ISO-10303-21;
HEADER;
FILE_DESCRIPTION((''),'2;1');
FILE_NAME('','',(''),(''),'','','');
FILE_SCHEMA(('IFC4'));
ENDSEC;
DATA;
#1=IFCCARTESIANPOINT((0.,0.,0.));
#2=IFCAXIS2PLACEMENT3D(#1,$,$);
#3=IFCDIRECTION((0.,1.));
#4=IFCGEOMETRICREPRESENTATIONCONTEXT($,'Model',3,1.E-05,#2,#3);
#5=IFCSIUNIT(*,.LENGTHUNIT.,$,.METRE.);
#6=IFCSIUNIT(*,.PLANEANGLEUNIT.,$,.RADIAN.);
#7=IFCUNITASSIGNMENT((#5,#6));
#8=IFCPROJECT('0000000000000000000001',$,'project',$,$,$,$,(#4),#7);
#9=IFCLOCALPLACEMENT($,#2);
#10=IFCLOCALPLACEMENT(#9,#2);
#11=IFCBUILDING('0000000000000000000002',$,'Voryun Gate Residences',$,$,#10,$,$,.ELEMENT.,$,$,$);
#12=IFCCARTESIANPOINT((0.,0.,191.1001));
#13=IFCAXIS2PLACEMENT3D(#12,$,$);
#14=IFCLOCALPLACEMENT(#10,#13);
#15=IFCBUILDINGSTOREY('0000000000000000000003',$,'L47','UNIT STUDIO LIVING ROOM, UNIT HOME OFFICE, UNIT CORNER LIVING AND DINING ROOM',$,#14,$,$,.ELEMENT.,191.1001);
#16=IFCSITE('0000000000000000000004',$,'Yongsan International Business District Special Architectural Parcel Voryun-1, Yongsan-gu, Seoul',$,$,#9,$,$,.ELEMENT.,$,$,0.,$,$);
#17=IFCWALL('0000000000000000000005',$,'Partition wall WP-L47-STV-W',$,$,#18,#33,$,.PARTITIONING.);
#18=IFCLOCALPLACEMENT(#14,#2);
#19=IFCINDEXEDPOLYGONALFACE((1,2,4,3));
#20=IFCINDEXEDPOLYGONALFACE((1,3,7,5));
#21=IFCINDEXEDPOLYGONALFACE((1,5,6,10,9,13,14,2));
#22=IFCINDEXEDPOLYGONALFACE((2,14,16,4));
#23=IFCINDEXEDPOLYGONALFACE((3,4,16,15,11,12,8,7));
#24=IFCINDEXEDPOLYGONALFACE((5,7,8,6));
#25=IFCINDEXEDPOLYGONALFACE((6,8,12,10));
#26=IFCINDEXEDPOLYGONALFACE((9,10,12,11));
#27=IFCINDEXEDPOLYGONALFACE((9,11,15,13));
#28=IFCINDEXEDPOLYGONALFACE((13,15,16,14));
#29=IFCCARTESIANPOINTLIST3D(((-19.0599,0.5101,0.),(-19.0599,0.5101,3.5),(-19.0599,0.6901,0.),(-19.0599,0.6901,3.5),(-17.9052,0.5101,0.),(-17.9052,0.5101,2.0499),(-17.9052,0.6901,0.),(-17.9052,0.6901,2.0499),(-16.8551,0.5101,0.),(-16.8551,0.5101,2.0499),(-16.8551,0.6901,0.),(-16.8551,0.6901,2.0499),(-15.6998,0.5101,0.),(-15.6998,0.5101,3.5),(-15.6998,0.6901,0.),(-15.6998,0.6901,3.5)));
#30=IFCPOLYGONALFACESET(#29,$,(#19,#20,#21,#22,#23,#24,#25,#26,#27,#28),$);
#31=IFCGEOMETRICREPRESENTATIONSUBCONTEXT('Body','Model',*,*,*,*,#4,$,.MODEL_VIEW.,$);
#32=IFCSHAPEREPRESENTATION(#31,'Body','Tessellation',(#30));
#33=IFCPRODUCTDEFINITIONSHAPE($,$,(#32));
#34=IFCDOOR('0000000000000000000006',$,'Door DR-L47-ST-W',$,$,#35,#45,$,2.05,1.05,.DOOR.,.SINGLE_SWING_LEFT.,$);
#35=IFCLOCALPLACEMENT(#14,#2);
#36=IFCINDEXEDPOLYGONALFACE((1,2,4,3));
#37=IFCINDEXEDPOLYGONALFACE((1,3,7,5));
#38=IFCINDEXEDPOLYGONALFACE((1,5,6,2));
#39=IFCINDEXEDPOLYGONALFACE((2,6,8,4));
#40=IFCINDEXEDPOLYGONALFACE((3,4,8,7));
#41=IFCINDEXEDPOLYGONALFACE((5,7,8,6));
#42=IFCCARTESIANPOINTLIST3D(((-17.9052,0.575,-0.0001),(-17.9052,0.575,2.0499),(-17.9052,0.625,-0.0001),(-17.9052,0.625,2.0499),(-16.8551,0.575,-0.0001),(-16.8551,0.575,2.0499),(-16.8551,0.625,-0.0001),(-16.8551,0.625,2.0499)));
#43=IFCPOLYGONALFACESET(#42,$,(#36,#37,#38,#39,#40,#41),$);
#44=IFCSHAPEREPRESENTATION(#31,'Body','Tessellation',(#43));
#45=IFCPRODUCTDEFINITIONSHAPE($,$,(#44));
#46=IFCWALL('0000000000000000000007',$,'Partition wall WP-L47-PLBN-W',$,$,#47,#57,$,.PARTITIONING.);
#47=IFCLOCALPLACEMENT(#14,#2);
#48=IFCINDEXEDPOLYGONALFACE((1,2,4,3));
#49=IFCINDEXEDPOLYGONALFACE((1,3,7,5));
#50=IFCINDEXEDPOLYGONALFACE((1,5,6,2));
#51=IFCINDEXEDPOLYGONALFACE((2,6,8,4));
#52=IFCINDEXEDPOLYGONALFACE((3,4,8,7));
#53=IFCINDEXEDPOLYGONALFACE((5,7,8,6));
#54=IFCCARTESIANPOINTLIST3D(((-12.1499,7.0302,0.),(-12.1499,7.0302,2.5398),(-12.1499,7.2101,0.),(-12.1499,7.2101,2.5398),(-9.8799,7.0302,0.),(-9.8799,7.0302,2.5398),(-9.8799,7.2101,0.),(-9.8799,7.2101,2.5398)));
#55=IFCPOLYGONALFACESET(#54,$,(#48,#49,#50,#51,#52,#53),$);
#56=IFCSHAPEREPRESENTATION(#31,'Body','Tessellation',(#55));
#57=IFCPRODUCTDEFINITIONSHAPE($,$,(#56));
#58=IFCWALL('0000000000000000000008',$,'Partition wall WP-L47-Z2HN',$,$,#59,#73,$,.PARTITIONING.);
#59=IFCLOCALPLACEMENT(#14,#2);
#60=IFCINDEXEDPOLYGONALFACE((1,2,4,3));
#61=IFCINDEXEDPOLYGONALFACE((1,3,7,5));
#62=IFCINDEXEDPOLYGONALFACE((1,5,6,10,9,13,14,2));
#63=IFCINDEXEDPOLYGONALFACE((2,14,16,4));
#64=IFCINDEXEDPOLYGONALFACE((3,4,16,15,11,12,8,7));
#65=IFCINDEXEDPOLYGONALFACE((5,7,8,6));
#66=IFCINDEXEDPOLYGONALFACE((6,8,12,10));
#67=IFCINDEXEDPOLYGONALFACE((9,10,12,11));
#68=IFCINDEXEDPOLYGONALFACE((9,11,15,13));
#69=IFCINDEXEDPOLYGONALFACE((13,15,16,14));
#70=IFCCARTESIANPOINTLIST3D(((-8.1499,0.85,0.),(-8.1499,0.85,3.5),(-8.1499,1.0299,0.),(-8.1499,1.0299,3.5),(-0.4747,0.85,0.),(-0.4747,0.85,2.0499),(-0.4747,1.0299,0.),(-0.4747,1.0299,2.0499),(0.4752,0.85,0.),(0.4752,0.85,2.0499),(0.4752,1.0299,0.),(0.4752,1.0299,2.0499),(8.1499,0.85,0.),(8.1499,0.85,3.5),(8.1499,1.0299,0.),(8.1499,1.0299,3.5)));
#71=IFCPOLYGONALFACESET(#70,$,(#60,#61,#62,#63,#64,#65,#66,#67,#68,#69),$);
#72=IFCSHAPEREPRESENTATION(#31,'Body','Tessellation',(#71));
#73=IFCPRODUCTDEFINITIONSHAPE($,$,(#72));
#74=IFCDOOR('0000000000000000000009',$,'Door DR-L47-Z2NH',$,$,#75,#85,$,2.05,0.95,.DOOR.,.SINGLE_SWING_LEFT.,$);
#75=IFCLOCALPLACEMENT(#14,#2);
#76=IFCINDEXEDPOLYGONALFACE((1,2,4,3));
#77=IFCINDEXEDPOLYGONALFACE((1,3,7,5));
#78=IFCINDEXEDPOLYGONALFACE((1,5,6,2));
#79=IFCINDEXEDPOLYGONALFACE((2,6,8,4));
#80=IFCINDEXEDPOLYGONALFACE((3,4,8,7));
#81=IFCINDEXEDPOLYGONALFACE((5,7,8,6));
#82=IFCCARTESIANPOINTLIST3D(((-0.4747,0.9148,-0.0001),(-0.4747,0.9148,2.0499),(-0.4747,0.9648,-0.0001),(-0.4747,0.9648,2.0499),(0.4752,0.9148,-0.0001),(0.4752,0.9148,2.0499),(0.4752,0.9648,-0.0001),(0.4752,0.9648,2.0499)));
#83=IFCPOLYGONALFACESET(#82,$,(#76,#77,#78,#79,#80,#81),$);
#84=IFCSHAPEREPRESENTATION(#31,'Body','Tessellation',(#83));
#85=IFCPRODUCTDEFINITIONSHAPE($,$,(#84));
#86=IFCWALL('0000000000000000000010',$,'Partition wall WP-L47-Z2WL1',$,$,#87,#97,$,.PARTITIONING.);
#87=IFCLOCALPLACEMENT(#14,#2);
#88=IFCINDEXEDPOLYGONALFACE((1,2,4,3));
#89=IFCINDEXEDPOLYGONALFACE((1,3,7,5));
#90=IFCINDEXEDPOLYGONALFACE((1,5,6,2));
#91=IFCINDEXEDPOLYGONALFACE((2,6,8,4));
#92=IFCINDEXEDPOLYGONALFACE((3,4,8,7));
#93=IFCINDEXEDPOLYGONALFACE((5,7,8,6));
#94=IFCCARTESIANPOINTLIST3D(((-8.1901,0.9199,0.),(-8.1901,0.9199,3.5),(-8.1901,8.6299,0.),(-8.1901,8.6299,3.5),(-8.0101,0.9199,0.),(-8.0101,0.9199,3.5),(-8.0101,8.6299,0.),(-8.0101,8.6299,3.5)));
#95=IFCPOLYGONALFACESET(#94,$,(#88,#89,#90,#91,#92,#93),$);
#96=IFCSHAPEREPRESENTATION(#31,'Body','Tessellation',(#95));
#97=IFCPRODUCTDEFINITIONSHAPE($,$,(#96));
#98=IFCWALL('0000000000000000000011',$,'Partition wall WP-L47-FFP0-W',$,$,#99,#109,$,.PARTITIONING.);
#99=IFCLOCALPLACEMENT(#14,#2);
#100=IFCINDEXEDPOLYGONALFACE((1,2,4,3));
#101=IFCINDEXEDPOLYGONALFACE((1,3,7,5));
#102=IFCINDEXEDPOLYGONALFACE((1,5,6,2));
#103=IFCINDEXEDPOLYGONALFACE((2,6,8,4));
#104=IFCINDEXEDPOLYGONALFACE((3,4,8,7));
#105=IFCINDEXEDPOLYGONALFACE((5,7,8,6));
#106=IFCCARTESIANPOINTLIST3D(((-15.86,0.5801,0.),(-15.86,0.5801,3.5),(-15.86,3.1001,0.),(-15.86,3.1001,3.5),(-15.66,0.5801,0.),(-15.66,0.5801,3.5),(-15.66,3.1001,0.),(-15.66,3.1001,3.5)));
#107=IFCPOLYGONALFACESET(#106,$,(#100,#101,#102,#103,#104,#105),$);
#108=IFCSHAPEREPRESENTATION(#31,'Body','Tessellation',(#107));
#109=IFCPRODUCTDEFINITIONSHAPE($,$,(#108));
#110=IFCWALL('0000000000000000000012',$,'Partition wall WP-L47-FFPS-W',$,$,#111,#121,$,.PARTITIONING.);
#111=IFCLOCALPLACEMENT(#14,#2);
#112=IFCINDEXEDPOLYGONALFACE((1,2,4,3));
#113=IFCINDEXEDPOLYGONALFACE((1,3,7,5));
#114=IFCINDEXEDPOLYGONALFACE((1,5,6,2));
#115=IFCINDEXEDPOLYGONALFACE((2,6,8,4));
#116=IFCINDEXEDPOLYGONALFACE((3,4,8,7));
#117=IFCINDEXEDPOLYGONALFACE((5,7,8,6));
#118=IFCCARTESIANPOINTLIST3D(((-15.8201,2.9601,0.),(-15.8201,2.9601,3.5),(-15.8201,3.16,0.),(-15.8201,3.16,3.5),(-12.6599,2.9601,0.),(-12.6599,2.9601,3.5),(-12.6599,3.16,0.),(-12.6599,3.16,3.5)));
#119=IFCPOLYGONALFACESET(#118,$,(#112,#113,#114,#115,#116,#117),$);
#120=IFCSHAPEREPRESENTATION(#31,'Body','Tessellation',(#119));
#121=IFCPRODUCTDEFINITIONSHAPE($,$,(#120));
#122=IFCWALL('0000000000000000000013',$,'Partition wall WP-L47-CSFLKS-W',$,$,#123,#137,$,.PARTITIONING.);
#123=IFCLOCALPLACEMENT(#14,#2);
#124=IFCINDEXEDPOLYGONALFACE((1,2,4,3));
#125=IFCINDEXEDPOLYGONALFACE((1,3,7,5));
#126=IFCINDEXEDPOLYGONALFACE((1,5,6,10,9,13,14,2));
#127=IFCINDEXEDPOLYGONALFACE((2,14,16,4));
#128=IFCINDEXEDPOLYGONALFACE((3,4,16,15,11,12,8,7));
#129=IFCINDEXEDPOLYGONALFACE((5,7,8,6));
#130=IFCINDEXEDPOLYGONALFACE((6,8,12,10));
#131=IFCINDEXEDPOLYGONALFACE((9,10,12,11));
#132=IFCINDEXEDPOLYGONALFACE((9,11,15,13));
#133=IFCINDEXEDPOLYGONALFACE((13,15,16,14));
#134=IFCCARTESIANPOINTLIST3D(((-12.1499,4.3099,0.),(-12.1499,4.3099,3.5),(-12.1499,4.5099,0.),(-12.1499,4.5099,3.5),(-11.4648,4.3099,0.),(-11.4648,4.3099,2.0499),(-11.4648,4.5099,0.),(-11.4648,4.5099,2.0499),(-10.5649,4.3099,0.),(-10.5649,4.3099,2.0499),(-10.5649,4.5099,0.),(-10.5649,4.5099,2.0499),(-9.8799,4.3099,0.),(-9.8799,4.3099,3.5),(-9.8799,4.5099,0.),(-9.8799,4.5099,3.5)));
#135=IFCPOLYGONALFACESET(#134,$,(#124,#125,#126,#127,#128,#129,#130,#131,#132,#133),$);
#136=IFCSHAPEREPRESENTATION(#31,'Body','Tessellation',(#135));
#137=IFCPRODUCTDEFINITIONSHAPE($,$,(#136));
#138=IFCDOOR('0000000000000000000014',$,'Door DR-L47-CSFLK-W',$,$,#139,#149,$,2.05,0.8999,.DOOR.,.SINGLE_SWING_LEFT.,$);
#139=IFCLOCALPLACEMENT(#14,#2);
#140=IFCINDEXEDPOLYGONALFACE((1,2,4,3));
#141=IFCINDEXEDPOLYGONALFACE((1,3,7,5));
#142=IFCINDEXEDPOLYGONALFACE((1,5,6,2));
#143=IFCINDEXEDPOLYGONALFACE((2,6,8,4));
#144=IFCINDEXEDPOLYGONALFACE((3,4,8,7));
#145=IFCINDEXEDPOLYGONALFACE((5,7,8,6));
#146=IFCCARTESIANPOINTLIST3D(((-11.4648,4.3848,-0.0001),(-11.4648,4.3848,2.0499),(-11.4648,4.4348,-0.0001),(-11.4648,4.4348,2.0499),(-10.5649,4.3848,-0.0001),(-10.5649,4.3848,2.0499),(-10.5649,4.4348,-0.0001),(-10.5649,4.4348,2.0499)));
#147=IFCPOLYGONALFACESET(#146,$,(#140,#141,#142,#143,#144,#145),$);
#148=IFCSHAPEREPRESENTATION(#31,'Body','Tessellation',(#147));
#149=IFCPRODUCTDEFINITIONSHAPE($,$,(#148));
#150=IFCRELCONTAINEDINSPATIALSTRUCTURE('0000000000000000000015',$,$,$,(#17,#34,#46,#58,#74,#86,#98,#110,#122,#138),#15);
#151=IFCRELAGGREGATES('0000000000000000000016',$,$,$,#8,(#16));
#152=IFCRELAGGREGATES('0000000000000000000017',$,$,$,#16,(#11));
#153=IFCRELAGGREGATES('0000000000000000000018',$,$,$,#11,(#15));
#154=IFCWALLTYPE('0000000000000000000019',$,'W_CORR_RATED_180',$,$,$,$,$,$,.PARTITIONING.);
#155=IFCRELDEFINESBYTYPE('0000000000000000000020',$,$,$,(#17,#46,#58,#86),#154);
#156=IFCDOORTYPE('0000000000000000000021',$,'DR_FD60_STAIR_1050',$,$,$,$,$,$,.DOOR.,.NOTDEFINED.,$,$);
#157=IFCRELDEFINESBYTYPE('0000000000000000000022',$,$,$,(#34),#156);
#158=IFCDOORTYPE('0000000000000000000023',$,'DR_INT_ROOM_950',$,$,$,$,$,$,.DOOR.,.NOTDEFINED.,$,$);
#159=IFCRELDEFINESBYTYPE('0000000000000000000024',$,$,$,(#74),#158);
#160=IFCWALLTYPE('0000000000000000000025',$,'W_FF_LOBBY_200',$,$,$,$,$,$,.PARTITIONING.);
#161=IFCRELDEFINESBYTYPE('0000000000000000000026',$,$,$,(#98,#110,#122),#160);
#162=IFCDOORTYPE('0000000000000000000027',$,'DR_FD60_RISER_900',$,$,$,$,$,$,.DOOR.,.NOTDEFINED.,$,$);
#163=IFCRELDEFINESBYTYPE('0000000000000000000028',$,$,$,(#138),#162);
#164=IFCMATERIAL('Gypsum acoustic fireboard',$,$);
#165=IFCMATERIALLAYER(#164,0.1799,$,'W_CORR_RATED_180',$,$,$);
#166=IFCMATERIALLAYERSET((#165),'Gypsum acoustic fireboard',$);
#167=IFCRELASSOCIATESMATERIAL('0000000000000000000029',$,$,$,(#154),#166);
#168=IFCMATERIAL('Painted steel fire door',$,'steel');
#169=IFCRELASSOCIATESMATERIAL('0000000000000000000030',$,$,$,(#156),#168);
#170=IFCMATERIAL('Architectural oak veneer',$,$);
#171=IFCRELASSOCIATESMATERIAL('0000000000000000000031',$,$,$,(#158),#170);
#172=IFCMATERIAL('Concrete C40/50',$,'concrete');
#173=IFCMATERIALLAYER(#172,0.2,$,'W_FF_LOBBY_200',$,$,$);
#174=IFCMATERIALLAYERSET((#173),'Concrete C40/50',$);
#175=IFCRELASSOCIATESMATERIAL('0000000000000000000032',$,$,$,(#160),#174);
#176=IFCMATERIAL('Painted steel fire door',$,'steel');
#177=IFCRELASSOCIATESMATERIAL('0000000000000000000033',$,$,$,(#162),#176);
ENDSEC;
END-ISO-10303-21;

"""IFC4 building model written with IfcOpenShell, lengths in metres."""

from ifc_helpers import new_model, si_unit, direction, frame, frame_2d, origin, place, context, subcontext, project, spatial, rectangle, extrude, material, layer, layer_set, type_object, element, fill, save


model = new_model("IFC4")

# Units and contexts
model_context = context("Model", 3, precision=1e-05, world=origin(), true_north=direction((0.0, 1.0)))
body_context = subcontext(model_context, "Body", "Model", "MODEL_VIEW")
ifc_project = project(units=[si_unit("LENGTHUNIT", "METRE"), si_unit("PLANEANGLEUNIT", "RADIAN")], contexts=[model_context])

# Site, building, storey
site_placement = place(None, origin())
site = spatial("IfcSite", under=ifc_project, at=site_placement, Name="Yongsan International Business District Special Architectural Parcel Voryun-1, Yongsan-gu, Seoul", CompositionType="ELEMENT", RefElevation=0.0)
building_placement = place(site_placement, origin())
building = spatial("IfcBuilding", under=site, at=building_placement, Name="Voryun Gate Residences", CompositionType="ELEMENT")
storey_placement = place(building_placement, frame((0.0, 0.0, 191.1001)))
storey = spatial("IfcBuildingStorey", under=building, at=storey_placement, Name="L47", Description="UNIT STUDIO LIVING ROOM, UNIT HOME OFFICE, UNIT CORNER LIVING AND DINING ROOM", CompositionType="ELEMENT", Elevation=191.1001)

# Wall, opening, door
ifc_material_1 = material(Name="Gypsum acoustic fireboard")
ifc_layer_1 = layer(ifc_material_1, 0.1799, Name="W_CORR_RATED_180")
ifc_layer_set_1 = layer_set([ifc_layer_1], Name="Gypsum acoustic fireboard")
wall_type_1 = type_object("IfcWallType", Name="W_CORR_RATED_180", PredefinedType="PARTITIONING", material=ifc_layer_set_1)
wall_1_placement = place(storey_placement, frame((-19.0601, 0.6001, 0.0), z_axis=(0.0, 0.0, 1.0), x_axis=(1.0, 0.0, 0.0)))
wall_1 = element("IfcWall", 1, at=wall_1_placement, inside=storey, type_object=wall_type_1, Name="Partition wall WP-L47-STV-W", PredefinedType="PARTITIONING", context=body_context, shape_type="SweptSolid", body=[
    extrude(rectangle(XDim=3.3601, YDim=0.1799, at=frame_2d((1.6802, 0.0))), origin(), (0.0, 0.0, 1.0), 3.5),
])
opening_1_placement = place(wall_1_placement, frame((1.155, 0.0, 0.0)))
opening_1 = element("IfcOpeningElement", 2, at=opening_1_placement, cuts=wall_1, PredefinedType="OPENING", context=body_context, shape_type="SweptSolid", body=[
    extrude(rectangle(XDim=1.05, YDim=2.05, at=frame_2d((0.5249, 1.0249))), frame((0.0, 0.0999, 0.0), z_axis=(0.0, -1.0, 0.0), x_axis=(1.0, 0.0, 0.0)), (0.0, 0.0, 1.0), 0.2),
])
ifc_material_2 = material(Name="Painted steel fire door", Category="steel")
door_type_1 = type_object("IfcDoorType", Name="DR_FD60_STAIR_1050", OperationType="NOTDEFINED", PredefinedType="DOOR", material=ifc_material_2)
door_1_placement = place(opening_1_placement, origin())
door_1 = element("IfcDoor", 3, at=door_1_placement, inside=storey, type_object=door_type_1, Name="Door DR-L47-ST-W", OperationType="SINGLE_SWING_LEFT", OverallHeight=2.05, OverallWidth=1.05, PredefinedType="DOOR", context=body_context, shape_type="SweptSolid", body=[
    extrude(rectangle(XDim=1.05, YDim=2.05, at=frame_2d((0.5249, 1.0249))), frame((0.0, 0.0249, 0.0), z_axis=(0.0, -1.0, 0.0), x_axis=(1.0, 0.0, 0.0)), (0.0, 0.0, 1.0), 0.05),
])
fill(opening_1, door_1)

# Wall
wall_2_placement = place(storey_placement, frame((-12.1499, 7.1201, 0.0), z_axis=(0.0, 0.0, 1.0), x_axis=(1.0, 0.0, 0.0)))
element("IfcWall", 4, at=wall_2_placement, inside=storey, type_object=wall_type_1, Name="Partition wall WP-L47-PLBN-W", PredefinedType="PARTITIONING", context=body_context, shape_type="SweptSolid", body=[
    extrude(rectangle(XDim=2.27, YDim=0.1799, at=frame_2d((1.135, 0.0))), origin(), (0.0, 0.0, 1.0), 2.5398),
])

# Wall, opening, door
wall_3_placement = place(storey_placement, frame((-8.1499, 0.9399, 0.0), z_axis=(0.0, 0.0, 1.0), x_axis=(1.0, 0.0, 0.0)))
wall_3 = element("IfcWall", 5, at=wall_3_placement, inside=storey, type_object=wall_type_1, Name="Partition wall WP-L47-Z2HN", PredefinedType="PARTITIONING", context=body_context, shape_type="SweptSolid", body=[
    extrude(rectangle(XDim=16.2998, YDim=0.1799, at=frame_2d((8.1499, 0.0))), origin(), (0.0, 0.0, 1.0), 3.5),
])
opening_2_placement = place(wall_3_placement, frame((7.675, 0.0, 0.0)))
opening_2 = element("IfcOpeningElement", 6, at=opening_2_placement, cuts=wall_3, PredefinedType="OPENING", context=body_context, shape_type="SweptSolid", body=[
    extrude(rectangle(XDim=0.95, YDim=2.05, at=frame_2d((0.4751, 1.0249))), frame((0.0, 0.0999, 0.0), z_axis=(0.0, -1.0, 0.0), x_axis=(1.0, 0.0, 0.0)), (0.0, 0.0, 1.0), 0.2),
])
ifc_material_3 = material(Name="Architectural oak veneer")
door_type_2 = type_object("IfcDoorType", Name="DR_INT_ROOM_950", OperationType="NOTDEFINED", PredefinedType="DOOR", material=ifc_material_3)
door_2_placement = place(opening_2_placement, origin())
door_2 = element("IfcDoor", 7, at=door_2_placement, inside=storey, type_object=door_type_2, Name="Door DR-L47-Z2NH", OperationType="SINGLE_SWING_LEFT", OverallHeight=2.05, OverallWidth=0.95, PredefinedType="DOOR", context=body_context, shape_type="SweptSolid", body=[
    extrude(rectangle(XDim=0.95, YDim=2.05, at=frame_2d((0.4751, 1.0249))), frame((0.0, 0.0249, 0.0), z_axis=(0.0, -1.0, 0.0), x_axis=(1.0, 0.0, 0.0)), (0.0, 0.0, 1.0), 0.05),
])
fill(opening_2, door_2)

# Walls
wall_4_placement = place(storey_placement, frame((-8.1001, 0.9199, 0.0), z_axis=(0.0, 0.0, 1.0), x_axis=(0.0, 1.0, 0.0)))
element("IfcWall", 8, at=wall_4_placement, inside=storey, type_object=wall_type_1, Name="Partition wall WP-L47-Z2WL1", PredefinedType="PARTITIONING", context=body_context, shape_type="SweptSolid", body=[
    extrude(rectangle(XDim=7.71, YDim=0.1799, at=frame_2d((3.855, 0.0))), origin(), (0.0, 0.0, 1.0), 3.5),
])
ifc_material_4 = material(Name="Concrete C40/50", Category="concrete")
ifc_layer_2 = layer(ifc_material_4, 0.2, Name="W_FF_LOBBY_200")
ifc_layer_set_2 = layer_set([ifc_layer_2], Name="Concrete C40/50")
wall_type_2 = type_object("IfcWallType", Name="W_FF_LOBBY_200", PredefinedType="PARTITIONING", material=ifc_layer_set_2)
wall_5_placement = place(storey_placement, frame((-15.76, 0.5801, 0.0), z_axis=(0.0, 0.0, 1.0), x_axis=(0.0, 1.0, 0.0)))
element("IfcWall", 9, at=wall_5_placement, inside=storey, type_object=wall_type_2, Name="Partition wall WP-L47-FFP0-W", PredefinedType="PARTITIONING", context=body_context, shape_type="SweptSolid", body=[
    extrude(rectangle(XDim=2.52, YDim=0.2, at=frame_2d((1.26, 0.0))), origin(), (0.0, 0.0, 1.0), 3.5),
])
wall_6_placement = place(storey_placement, frame((-15.8201, 3.0601, 0.0), z_axis=(0.0, 0.0, 1.0), x_axis=(1.0, 0.0, 0.0)))
element("IfcWall", 10, at=wall_6_placement, inside=storey, type_object=wall_type_2, Name="Partition wall WP-L47-FFPS-W", PredefinedType="PARTITIONING", context=body_context, shape_type="SweptSolid", body=[
    extrude(rectangle(XDim=3.1602, YDim=0.2, at=frame_2d((1.5801, 0.0))), origin(), (0.0, 0.0, 1.0), 3.5),
])

# Wall, opening, door
wall_7_placement = place(storey_placement, frame((-12.1499, 4.4099, 0.0), z_axis=(0.0, 0.0, 1.0), x_axis=(1.0, 0.0, 0.0)))
wall_7 = element("IfcWall", 11, at=wall_7_placement, inside=storey, type_object=wall_type_2, Name="Partition wall WP-L47-CSFLKS-W", PredefinedType="PARTITIONING", context=body_context, shape_type="SweptSolid", body=[
    extrude(rectangle(XDim=2.27, YDim=0.2, at=frame_2d((1.135, 0.0))), origin(), (0.0, 0.0, 1.0), 3.5),
])
opening_3_placement = place(wall_7_placement, frame((0.6851, 0.0, 0.0)))
opening_3 = element("IfcOpeningElement", 12, at=opening_3_placement, cuts=wall_7, PredefinedType="OPENING", context=body_context, shape_type="SweptSolid", body=[
    extrude(rectangle(XDim=0.8999, YDim=2.05, at=frame_2d((0.45, 1.0249))), frame((0.0, 0.1101, 0.0), z_axis=(0.0, -1.0, 0.0), x_axis=(1.0, 0.0, 0.0)), (0.0, 0.0, 1.0), 0.22),
])
ifc_material_5 = material(Name="Painted steel fire door", Category="steel")
door_type_3 = type_object("IfcDoorType", Name="DR_FD60_RISER_900", OperationType="NOTDEFINED", PredefinedType="DOOR", material=ifc_material_5)
door_3_placement = place(opening_3_placement, origin())
door_3 = element("IfcDoor", 13, at=door_3_placement, inside=storey, type_object=door_type_3, Name="Door DR-L47-CSFLK-W", OperationType="SINGLE_SWING_LEFT", OverallHeight=2.05, OverallWidth=0.8999, PredefinedType="DOOR", context=body_context, shape_type="SweptSolid", body=[
    extrude(rectangle(XDim=0.8999, YDim=2.05, at=frame_2d((0.45, 1.0249))), frame((0.0, 0.0249, 0.0), z_axis=(0.0, -1.0, 0.0), x_axis=(1.0, 0.0, 0.0)), (0.0, 0.0, 1.0), 0.05),
])
fill(opening_3, door_3)

save(model, "model.ifc")
